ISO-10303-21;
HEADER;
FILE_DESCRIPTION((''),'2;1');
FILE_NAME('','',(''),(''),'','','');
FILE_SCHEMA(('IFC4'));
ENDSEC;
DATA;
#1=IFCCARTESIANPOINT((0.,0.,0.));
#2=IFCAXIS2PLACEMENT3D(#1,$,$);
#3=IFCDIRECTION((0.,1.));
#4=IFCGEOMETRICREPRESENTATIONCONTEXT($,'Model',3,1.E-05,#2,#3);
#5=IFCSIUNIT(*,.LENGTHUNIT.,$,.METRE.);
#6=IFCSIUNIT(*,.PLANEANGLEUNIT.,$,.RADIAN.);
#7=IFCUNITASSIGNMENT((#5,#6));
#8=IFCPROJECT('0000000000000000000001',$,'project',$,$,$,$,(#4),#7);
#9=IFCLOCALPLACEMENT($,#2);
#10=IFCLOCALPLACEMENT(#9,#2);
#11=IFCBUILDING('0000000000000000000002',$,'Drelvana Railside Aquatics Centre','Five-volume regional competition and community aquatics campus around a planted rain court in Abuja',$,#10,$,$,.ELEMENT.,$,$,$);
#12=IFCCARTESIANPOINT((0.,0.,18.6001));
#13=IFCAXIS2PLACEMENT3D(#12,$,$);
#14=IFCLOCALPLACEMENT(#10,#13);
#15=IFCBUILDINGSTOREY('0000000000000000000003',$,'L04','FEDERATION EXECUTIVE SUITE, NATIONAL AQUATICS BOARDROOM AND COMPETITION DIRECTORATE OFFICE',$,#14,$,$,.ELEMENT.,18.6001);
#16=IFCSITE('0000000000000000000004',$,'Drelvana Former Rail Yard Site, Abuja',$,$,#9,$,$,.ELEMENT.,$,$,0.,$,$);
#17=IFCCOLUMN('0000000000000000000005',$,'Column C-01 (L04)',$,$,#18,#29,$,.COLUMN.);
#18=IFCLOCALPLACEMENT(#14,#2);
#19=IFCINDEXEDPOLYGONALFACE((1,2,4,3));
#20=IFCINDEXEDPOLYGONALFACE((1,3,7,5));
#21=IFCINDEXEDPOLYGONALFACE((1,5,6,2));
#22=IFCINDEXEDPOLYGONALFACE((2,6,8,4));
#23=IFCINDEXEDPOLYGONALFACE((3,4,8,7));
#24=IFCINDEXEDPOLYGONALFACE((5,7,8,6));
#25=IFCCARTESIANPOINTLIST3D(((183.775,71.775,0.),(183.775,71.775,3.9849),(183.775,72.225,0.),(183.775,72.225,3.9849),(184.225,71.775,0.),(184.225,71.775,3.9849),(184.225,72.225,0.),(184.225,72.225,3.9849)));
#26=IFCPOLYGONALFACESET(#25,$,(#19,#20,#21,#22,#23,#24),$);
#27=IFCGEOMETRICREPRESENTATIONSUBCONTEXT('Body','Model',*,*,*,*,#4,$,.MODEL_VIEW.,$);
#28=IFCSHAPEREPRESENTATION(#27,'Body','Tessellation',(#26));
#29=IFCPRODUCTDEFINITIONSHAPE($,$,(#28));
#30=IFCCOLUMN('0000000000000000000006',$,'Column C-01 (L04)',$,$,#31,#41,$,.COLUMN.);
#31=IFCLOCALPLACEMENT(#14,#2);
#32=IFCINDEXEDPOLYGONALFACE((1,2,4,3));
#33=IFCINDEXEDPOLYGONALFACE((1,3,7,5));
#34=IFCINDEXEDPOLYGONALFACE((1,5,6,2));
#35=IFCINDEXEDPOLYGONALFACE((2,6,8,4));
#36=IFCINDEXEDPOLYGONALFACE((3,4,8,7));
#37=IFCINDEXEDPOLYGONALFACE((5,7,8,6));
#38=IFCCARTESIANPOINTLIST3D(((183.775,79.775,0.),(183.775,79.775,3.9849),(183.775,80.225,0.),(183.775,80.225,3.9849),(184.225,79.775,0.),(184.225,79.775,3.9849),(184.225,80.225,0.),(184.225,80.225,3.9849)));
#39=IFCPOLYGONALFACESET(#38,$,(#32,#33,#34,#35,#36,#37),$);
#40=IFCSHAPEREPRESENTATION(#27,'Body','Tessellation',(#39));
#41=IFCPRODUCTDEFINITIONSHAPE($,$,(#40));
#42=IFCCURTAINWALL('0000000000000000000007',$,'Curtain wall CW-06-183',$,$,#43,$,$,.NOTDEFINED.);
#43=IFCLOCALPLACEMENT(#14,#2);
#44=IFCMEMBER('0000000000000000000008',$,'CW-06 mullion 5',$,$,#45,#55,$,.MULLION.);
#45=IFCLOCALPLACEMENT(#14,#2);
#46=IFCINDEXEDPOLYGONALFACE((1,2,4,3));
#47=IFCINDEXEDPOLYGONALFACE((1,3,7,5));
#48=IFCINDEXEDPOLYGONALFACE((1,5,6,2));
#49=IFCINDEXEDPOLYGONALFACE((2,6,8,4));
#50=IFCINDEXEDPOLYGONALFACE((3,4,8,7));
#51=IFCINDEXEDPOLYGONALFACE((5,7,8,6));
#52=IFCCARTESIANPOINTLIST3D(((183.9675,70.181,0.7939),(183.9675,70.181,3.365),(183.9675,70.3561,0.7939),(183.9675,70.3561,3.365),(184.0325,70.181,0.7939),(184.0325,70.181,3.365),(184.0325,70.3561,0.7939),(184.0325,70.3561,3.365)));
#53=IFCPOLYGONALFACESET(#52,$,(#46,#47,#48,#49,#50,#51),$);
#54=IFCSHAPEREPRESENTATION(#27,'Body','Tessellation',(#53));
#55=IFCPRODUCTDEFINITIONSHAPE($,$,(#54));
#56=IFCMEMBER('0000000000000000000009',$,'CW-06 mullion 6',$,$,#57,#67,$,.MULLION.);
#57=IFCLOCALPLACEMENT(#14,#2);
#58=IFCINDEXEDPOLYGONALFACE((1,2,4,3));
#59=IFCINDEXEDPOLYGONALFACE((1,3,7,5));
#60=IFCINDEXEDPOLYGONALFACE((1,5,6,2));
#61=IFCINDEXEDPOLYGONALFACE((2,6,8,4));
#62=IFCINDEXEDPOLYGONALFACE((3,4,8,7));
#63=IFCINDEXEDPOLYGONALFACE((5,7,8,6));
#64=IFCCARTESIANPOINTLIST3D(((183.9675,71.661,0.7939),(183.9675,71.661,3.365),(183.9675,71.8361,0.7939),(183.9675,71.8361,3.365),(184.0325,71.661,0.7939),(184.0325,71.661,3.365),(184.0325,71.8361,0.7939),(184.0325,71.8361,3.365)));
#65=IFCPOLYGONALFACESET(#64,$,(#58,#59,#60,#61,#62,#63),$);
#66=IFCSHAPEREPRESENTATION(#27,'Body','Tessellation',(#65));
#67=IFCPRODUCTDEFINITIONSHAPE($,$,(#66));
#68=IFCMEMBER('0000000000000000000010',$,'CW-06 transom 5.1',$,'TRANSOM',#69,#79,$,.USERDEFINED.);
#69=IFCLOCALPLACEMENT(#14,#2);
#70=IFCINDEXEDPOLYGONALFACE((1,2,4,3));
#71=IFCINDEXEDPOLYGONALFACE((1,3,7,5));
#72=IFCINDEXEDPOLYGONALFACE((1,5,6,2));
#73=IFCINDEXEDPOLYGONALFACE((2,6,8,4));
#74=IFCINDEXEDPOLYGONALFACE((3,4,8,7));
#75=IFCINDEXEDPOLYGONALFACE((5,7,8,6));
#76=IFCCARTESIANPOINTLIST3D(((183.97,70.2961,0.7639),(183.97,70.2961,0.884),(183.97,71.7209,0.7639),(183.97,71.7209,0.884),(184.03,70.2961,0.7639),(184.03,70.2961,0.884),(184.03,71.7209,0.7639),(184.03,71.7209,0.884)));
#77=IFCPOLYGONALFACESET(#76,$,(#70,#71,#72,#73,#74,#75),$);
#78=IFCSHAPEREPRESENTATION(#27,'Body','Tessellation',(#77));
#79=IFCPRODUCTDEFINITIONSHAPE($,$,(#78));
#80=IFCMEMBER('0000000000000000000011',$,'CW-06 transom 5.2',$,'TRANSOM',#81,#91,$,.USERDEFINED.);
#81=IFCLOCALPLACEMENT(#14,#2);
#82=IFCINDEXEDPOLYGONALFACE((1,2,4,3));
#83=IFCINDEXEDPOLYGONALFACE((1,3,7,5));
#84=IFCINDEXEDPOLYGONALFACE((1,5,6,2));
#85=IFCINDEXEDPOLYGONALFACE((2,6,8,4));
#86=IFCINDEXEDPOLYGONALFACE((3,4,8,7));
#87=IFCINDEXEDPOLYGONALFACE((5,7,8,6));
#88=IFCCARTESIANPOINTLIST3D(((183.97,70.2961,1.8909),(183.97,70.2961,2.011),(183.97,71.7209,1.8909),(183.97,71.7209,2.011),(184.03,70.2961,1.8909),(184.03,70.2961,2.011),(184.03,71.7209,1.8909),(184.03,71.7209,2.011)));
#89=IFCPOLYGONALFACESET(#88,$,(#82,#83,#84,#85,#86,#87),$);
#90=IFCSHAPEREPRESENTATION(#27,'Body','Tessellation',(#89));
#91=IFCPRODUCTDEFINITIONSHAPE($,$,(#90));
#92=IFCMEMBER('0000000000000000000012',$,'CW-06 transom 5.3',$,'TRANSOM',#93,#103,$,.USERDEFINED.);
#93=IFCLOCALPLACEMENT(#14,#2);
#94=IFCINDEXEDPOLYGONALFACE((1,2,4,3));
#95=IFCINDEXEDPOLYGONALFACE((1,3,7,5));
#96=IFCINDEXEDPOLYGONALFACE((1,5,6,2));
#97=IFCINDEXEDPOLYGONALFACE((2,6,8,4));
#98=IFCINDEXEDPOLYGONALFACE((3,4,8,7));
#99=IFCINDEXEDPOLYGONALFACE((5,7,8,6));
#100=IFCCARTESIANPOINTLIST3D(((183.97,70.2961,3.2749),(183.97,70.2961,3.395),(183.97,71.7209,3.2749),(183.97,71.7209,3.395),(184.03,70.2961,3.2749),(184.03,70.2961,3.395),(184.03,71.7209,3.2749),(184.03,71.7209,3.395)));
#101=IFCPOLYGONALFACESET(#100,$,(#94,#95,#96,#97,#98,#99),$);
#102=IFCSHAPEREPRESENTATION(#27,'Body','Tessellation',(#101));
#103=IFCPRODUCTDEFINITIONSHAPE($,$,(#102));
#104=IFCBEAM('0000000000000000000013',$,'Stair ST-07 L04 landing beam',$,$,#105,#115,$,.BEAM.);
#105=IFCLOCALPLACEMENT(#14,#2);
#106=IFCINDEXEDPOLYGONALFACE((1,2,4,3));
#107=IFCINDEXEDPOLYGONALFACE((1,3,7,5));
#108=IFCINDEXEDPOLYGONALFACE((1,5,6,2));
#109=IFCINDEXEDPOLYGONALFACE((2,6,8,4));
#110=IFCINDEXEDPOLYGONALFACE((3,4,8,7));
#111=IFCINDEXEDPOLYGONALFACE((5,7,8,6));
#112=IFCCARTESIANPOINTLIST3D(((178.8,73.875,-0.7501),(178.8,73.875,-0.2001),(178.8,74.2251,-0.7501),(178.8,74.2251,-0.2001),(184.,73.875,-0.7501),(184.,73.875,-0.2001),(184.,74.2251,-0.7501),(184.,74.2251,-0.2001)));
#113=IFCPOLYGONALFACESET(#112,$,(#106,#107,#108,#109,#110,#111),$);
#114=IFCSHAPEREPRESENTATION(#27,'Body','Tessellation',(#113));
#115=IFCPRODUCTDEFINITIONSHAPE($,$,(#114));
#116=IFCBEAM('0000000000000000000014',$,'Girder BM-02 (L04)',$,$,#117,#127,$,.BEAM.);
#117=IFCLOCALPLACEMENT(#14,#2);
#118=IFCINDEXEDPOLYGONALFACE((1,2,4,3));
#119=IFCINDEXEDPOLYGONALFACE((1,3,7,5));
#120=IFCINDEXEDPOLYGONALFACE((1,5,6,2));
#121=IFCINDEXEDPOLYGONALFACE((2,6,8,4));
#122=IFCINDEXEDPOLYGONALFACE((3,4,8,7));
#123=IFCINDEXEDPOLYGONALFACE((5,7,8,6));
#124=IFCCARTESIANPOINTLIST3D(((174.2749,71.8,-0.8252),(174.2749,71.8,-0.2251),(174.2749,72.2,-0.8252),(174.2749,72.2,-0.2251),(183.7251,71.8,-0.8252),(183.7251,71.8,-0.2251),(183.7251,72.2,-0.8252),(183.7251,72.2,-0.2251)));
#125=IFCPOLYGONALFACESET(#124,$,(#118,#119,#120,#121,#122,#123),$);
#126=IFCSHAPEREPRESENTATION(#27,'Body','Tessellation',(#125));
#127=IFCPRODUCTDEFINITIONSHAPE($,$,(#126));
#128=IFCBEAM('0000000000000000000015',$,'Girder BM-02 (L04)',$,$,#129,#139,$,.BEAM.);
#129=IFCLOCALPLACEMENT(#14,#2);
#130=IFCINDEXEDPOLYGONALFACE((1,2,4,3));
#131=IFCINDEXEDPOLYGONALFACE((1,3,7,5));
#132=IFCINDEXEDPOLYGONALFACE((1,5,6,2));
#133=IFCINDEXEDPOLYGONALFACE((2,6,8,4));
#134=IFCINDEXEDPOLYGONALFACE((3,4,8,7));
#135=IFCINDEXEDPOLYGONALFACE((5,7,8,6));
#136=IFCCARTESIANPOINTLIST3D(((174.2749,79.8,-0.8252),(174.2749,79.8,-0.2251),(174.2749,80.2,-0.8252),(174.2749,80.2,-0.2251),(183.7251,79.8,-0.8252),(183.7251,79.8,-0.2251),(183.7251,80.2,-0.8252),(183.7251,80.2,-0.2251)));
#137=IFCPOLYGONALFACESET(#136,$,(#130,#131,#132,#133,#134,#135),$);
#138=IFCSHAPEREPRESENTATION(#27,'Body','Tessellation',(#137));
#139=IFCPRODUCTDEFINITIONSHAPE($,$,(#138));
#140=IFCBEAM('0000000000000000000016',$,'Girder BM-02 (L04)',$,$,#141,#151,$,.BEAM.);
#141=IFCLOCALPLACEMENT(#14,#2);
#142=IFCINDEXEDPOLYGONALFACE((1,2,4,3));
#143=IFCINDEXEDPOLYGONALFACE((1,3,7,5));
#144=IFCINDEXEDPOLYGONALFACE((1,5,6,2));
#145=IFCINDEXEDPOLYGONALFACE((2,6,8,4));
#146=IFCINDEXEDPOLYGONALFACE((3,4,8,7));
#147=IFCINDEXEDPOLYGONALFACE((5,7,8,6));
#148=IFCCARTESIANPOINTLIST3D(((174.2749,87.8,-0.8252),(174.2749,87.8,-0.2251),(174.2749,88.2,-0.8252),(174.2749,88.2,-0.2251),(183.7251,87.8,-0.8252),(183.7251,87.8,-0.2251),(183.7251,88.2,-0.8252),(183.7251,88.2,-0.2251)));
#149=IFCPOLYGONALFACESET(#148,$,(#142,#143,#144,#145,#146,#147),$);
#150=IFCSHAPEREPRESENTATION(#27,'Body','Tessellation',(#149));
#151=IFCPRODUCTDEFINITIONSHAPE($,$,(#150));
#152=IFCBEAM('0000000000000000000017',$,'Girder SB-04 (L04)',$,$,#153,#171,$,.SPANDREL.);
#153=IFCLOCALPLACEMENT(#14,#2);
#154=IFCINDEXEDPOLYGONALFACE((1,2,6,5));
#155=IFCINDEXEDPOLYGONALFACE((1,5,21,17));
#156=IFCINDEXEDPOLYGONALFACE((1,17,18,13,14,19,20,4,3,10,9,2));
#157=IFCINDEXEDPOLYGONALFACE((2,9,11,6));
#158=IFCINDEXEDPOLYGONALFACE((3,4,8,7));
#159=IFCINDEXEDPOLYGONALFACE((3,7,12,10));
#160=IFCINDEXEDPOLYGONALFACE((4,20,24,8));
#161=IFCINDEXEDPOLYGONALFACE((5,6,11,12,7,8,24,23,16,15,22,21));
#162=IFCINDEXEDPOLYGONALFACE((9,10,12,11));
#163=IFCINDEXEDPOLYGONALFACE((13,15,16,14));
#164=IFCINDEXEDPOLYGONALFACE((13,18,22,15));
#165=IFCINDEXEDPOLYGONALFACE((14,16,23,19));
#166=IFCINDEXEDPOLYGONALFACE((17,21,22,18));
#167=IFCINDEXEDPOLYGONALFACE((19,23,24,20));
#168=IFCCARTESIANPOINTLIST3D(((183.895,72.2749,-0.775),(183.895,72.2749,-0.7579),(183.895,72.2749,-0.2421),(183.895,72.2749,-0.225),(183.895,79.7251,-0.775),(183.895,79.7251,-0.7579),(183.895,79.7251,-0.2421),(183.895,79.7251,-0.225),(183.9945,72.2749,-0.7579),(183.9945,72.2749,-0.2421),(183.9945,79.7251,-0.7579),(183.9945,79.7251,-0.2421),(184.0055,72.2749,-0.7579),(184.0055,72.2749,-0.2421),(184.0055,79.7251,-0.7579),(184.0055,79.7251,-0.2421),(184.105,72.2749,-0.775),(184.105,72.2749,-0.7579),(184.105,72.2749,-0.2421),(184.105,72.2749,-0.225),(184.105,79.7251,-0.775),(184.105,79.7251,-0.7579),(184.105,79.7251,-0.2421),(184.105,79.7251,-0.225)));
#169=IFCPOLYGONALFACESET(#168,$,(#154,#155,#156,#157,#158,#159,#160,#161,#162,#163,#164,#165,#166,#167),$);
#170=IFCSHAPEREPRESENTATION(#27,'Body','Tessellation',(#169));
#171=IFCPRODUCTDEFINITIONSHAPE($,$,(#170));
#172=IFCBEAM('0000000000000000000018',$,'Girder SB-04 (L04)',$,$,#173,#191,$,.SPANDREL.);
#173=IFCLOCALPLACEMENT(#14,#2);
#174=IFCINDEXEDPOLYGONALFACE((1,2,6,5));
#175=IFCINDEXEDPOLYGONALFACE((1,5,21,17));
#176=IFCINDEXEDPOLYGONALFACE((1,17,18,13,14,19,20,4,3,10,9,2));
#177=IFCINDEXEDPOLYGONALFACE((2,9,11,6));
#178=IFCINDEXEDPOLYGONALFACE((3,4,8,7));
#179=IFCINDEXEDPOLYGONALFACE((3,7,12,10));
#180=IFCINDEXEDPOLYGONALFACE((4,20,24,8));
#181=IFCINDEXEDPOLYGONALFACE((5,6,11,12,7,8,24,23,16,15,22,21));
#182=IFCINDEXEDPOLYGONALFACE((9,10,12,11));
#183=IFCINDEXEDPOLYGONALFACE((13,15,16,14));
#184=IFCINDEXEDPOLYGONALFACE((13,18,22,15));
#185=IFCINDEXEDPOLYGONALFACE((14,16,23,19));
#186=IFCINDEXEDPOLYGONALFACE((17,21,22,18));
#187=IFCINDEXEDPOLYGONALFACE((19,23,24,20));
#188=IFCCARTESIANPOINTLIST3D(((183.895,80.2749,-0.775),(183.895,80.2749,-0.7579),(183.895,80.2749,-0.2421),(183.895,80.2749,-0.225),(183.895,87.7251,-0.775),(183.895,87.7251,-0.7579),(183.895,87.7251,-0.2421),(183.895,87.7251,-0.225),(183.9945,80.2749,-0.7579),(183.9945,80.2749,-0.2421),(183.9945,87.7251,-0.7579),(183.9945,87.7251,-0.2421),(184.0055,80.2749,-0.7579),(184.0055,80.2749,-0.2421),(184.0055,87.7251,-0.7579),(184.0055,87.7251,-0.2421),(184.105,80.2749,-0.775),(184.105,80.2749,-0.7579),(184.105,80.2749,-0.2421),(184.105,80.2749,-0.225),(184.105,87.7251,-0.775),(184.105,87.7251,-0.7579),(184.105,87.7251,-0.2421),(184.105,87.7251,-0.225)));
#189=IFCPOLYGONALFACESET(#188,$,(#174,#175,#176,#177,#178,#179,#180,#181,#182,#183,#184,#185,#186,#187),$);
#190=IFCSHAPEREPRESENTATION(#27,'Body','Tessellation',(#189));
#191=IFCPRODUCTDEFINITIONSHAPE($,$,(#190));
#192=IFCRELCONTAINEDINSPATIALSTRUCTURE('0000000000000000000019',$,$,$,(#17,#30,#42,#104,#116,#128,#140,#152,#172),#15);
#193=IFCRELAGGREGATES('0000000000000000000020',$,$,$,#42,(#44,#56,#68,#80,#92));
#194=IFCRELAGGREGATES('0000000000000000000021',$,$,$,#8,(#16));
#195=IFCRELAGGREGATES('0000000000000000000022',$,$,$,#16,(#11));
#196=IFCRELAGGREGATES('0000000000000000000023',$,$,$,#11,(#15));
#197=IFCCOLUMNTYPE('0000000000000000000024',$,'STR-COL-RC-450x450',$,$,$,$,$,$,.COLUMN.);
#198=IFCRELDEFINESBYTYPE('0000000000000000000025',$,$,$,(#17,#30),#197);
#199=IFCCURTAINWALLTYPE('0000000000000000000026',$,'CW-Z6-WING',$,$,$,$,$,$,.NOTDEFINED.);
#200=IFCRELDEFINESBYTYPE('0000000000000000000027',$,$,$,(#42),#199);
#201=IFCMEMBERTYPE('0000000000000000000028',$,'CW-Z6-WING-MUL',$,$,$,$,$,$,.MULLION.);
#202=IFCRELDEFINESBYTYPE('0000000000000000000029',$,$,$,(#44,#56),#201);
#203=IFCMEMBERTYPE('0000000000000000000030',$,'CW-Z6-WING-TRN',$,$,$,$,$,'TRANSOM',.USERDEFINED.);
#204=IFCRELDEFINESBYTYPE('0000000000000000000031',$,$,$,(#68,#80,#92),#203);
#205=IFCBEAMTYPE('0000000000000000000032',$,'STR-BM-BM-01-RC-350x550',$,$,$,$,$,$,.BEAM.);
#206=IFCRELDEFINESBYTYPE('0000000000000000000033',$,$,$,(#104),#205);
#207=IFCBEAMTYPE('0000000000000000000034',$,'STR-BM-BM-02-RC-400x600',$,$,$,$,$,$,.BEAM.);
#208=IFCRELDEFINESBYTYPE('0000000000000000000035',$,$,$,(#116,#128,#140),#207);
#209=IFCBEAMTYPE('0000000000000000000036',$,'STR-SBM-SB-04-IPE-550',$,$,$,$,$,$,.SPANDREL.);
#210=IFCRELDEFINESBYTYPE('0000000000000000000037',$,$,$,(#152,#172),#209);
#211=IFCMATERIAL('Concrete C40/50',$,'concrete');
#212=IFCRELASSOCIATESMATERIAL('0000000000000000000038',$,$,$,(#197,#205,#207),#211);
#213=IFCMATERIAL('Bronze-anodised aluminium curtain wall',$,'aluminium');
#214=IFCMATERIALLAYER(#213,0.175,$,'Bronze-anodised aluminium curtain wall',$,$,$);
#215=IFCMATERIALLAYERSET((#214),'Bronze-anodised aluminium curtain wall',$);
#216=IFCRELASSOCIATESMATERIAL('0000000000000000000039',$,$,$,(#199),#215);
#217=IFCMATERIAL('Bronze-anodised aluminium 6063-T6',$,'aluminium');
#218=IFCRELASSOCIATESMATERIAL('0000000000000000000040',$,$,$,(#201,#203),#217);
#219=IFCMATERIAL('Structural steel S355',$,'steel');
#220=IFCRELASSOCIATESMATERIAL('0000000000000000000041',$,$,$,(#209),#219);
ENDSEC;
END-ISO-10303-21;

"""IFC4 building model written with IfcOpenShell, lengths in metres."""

from ifc_helpers import new_model, si_unit, direction, frame, origin, origin_2d, place, context, subcontext, project, spatial, rectangle, i_section, extrude, material, layer, layer_set, material_profile, profile_set, type_object, element, aggregate, save


model = new_model("IFC4")

# Units and contexts
model_context = context("Model", 3, precision=1e-05, world=origin(), true_north=direction((0.0, 1.0)))
body_context = subcontext(model_context, "Body", "Model", "MODEL_VIEW")
ifc_project = project(units=[si_unit("LENGTHUNIT", "METRE"), si_unit("PLANEANGLEUNIT", "RADIAN")], contexts=[model_context])

# Site, building, storey
site_placement = place(None, origin())
site = spatial("IfcSite", under=ifc_project, at=site_placement, Name="Drelvana Former Rail Yard Site, Abuja", CompositionType="ELEMENT", RefElevation=0.0)
building_placement = place(site_placement, origin())
building = spatial("IfcBuilding", under=site, at=building_placement, Name="Drelvana Railside Aquatics Centre", Description="Five-volume regional competition and community aquatics campus around a planted rain court in Abuja", CompositionType="ELEMENT")
storey_placement = place(building_placement, frame((0.0, 0.0, 18.6001)))
storey = spatial("IfcBuildingStorey", under=building, at=storey_placement, Name="L04", Description="FEDERATION EXECUTIVE SUITE, NATIONAL AQUATICS BOARDROOM AND COMPETITION DIRECTORATE OFFICE", CompositionType="ELEMENT", Elevation=18.6001)

# Columns
ifc_material_1 = material(Name="Concrete C40/50", Category="concrete")
ifc_material_profile_1 = material_profile(ifc_material_1, rectangle(XDim=0.45, YDim=0.45, at=origin_2d()), Name="RC 450x450")
ifc_profile_set_1 = profile_set([ifc_material_profile_1], Name="Concrete C40/50")
column_type = type_object("IfcColumnType", Name="STR-COL-RC-450x450", PredefinedType="COLUMN", material=ifc_profile_set_1)
for number, where, z_axis, x_axis, name in (
    (1, (184.0, 72.0, 0.0), (0.0, 0.0, 1.0), (1.0, 0.0, 0.0), "Column C-01 (L04)"),
    (2, (184.0, 80.0, 0.0), (0.0, 0.0, 1.0), (1.0, 0.0, 0.0), "Column C-01 (L04)"),
):
    element("IfcColumn", number, at=place(storey_placement, frame(where, z_axis=z_axis, x_axis=x_axis)), inside=storey, type_object=column_type, Name=name, PredefinedType="COLUMN", context=body_context, shape_type="SweptSolid", body=[
        extrude(rectangle(XDim=0.45, YDim=0.45, at=origin_2d()), origin(), (0.0, 0.0, 1.0), 3.9849),
    ])

# Curtain wall, members
ifc_material_2 = material(Name="Bronze-anodised aluminium curtain wall", Category="aluminium")
ifc_layer_1 = layer(ifc_material_2, 0.175, Name="Bronze-anodised aluminium curtain wall")
ifc_layer_set_1 = layer_set([ifc_layer_1], Name="Bronze-anodised aluminium curtain wall")
curtain_wall_type = type_object("IfcCurtainWallType", Name="CW-Z6-WING", PredefinedType="NOTDEFINED", material=ifc_layer_set_1)
curtain_wall_placement = place(storey_placement, origin())
curtain_wall = element("IfcCurtainWall", 3, at=curtain_wall_placement, inside=storey, type_object=curtain_wall_type, Name="Curtain wall CW-06-183", PredefinedType="NOTDEFINED")
ifc_material_3 = material(Name="Bronze-anodised aluminium 6063-T6", Category="aluminium")
ifc_material_profile_2 = material_profile(ifc_material_3, rectangle(XDim=0.0649, YDim=0.175, at=origin_2d()), Name="ALU-M 65x175")
ifc_profile_set_2 = profile_set([ifc_material_profile_2], Name="Bronze-anodised aluminium 6063-T6")
member_type_1 = type_object("IfcMemberType", Name="CW-Z6-WING-MUL", PredefinedType="MULLION", material=ifc_profile_set_2)
member_1_placement = place(storey_placement, frame((184.0, 70.2686, 0.7939), z_axis=(0.0, 0.0, 1.0), x_axis=(-1.0, 0.0, 0.0)))
member_1 = element("IfcMember", 4, at=member_1_placement, type_object=member_type_1, Name="CW-06 mullion 5", PredefinedType="MULLION", context=body_context, shape_type="SweptSolid", body=[
    extrude(rectangle(XDim=0.0649, YDim=0.175, at=origin_2d()), origin(), (0.0, 0.0, 1.0), 2.571),
])
member_2_placement = place(storey_placement, frame((184.0, 71.7485, 0.7939), z_axis=(0.0, 0.0, 1.0), x_axis=(-1.0, 0.0, 0.0)))
member_2 = element("IfcMember", 5, at=member_2_placement, type_object=member_type_1, Name="CW-06 mullion 6", PredefinedType="MULLION", context=body_context, shape_type="SweptSolid", body=[
    extrude(rectangle(XDim=0.0649, YDim=0.175, at=origin_2d()), origin(), (0.0, 0.0, 1.0), 2.571),
])
ifc_material_profile_3 = material_profile(ifc_material_3, rectangle(XDim=0.1201, YDim=0.0601, at=origin_2d()), Name="ALU-T 60x120")
ifc_profile_set_3 = profile_set([ifc_material_profile_3], Name="Bronze-anodised aluminium 6063-T6")
member_type_2 = type_object("IfcMemberType", Name="CW-Z6-WING-TRN", ElementType="TRANSOM", PredefinedType="USERDEFINED", material=ifc_profile_set_3)
member_3_placement = place(storey_placement, frame((184.0, 70.2961, 0.824), z_axis=(0.0, 1.0, 0.0), x_axis=(0.0, 0.0, 1.0)))
member_3 = element("IfcMember", 6, at=member_3_placement, type_object=member_type_2, Name="CW-06 transom 5.1", ObjectType="TRANSOM", PredefinedType="USERDEFINED", context=body_context, shape_type="SweptSolid", body=[
    extrude(rectangle(XDim=0.1201, YDim=0.0601, at=origin_2d()), origin(), (0.0, 0.0, 1.0), 1.4248),
])
member_4_placement = place(storey_placement, frame((184.0, 70.2961, 1.9509), z_axis=(0.0, 1.0, 0.0), x_axis=(0.0, 0.0, 1.0)))
member_4 = element("IfcMember", 7, at=member_4_placement, type_object=member_type_2, Name="CW-06 transom 5.2", ObjectType="TRANSOM", PredefinedType="USERDEFINED", context=body_context, shape_type="SweptSolid", body=[
    extrude(rectangle(XDim=0.1201, YDim=0.0601, at=origin_2d()), origin(), (0.0, 0.0, 1.0), 1.4248),
])
member_5_placement = place(storey_placement, frame((184.0, 70.2961, 3.335), z_axis=(0.0, 1.0, 0.0), x_axis=(0.0, 0.0, 1.0)))
member_5 = element("IfcMember", 8, at=member_5_placement, type_object=member_type_2, Name="CW-06 transom 5.3", ObjectType="TRANSOM", PredefinedType="USERDEFINED", context=body_context, shape_type="SweptSolid", body=[
    extrude(rectangle(XDim=0.1201, YDim=0.0601, at=origin_2d()), origin(), (0.0, 0.0, 1.0), 1.4248),
])

# Beams
ifc_material_profile_4 = material_profile(ifc_material_1, rectangle(XDim=0.3501, YDim=0.55, at=origin_2d()), Name="RC 350x550")
ifc_profile_set_4 = profile_set([ifc_material_profile_4], Name="Concrete C40/50")
beam_type_1 = type_object("IfcBeamType", Name="STR-BM-BM-01-RC-350x550", PredefinedType="BEAM", material=ifc_profile_set_4)
beam_1_placement = place(storey_placement, frame((178.8, 74.05, -0.4751), z_axis=(1.0, 0.0, 0.0), x_axis=(0.0, 1.0, 0.0)))
element("IfcBeam", 9, at=beam_1_placement, inside=storey, type_object=beam_type_1, Name="Stair ST-07 L04 landing beam", PredefinedType="BEAM", context=body_context, shape_type="SweptSolid", body=[
    extrude(rectangle(XDim=0.3501, YDim=0.55, at=origin_2d()), origin(), (0.0, 0.0, 1.0), 5.2),
])
ifc_material_profile_5 = material_profile(ifc_material_1, rectangle(XDim=0.3999, YDim=0.6001, at=origin_2d()), Name="RC 400x600")
ifc_profile_set_5 = profile_set([ifc_material_profile_5], Name="Concrete C40/50")
beam_type_2 = type_object("IfcBeamType", Name="STR-BM-BM-02-RC-400x600", PredefinedType="BEAM", material=ifc_profile_set_5)
for number, where, z_axis, x_axis, name in (
    (10, (174.2749, 72.0, -0.5251), (1.0, 0.0, 0.0), (0.0, 1.0, 0.0), "Girder BM-02 (L04)"),
    (11, (174.2749, 80.0, -0.5251), (1.0, 0.0, 0.0), (0.0, 1.0, 0.0), "Girder BM-02 (L04)"),
    (12, (174.2749, 88.0, -0.5251), (1.0, 0.0, 0.0), (0.0, 1.0, 0.0), "Girder BM-02 (L04)"),
):
    element("IfcBeam", number, at=place(storey_placement, frame(where, z_axis=z_axis, x_axis=x_axis)), inside=storey, type_object=beam_type_2, Name=name, PredefinedType="BEAM", context=body_context, shape_type="SweptSolid", body=[
        extrude(rectangle(XDim=0.3999, YDim=0.6001, at=origin_2d()), origin(), (0.0, 0.0, 1.0), 9.4502),
    ])
ifc_material_4 = material(Name="Structural steel S355", Category="steel")
ifc_material_profile_6 = material_profile(ifc_material_4, i_section(OverallWidth=0.21, OverallDepth=0.55, WebThickness=0.011, FlangeThickness=0.0171, at=origin_2d()), Name="IPE 550")
ifc_profile_set_6 = profile_set([ifc_material_profile_6], Name="Structural steel S355")
beam_type_3 = type_object("IfcBeamType", Name="STR-SBM-SB-04-IPE-550", PredefinedType="SPANDREL", material=ifc_profile_set_6)
for number, where, z_axis, x_axis, name in (
    (13, (184.0, 72.2749, -0.5), (0.0, 1.0, 0.0), (-1.0, 0.0, 0.0), "Girder SB-04 (L04)"),
    (14, (184.0, 80.2749, -0.5), (0.0, 1.0, 0.0), (-1.0, 0.0, 0.0), "Girder SB-04 (L04)"),
):
    element("IfcBeam", number, at=place(storey_placement, frame(where, z_axis=z_axis, x_axis=x_axis)), inside=storey, type_object=beam_type_3, Name=name, PredefinedType="SPANDREL", context=body_context, shape_type="SweptSolid", body=[
        extrude(i_section(OverallWidth=0.21, OverallDepth=0.55, WebThickness=0.011, FlangeThickness=0.0171, at=origin_2d()), origin(), (0.0, 0.0, 1.0), 7.4502),
    ])

aggregate(curtain_wall, [member_1, member_2, member_3, member_4, member_5])

save(model, "model.ifc")
